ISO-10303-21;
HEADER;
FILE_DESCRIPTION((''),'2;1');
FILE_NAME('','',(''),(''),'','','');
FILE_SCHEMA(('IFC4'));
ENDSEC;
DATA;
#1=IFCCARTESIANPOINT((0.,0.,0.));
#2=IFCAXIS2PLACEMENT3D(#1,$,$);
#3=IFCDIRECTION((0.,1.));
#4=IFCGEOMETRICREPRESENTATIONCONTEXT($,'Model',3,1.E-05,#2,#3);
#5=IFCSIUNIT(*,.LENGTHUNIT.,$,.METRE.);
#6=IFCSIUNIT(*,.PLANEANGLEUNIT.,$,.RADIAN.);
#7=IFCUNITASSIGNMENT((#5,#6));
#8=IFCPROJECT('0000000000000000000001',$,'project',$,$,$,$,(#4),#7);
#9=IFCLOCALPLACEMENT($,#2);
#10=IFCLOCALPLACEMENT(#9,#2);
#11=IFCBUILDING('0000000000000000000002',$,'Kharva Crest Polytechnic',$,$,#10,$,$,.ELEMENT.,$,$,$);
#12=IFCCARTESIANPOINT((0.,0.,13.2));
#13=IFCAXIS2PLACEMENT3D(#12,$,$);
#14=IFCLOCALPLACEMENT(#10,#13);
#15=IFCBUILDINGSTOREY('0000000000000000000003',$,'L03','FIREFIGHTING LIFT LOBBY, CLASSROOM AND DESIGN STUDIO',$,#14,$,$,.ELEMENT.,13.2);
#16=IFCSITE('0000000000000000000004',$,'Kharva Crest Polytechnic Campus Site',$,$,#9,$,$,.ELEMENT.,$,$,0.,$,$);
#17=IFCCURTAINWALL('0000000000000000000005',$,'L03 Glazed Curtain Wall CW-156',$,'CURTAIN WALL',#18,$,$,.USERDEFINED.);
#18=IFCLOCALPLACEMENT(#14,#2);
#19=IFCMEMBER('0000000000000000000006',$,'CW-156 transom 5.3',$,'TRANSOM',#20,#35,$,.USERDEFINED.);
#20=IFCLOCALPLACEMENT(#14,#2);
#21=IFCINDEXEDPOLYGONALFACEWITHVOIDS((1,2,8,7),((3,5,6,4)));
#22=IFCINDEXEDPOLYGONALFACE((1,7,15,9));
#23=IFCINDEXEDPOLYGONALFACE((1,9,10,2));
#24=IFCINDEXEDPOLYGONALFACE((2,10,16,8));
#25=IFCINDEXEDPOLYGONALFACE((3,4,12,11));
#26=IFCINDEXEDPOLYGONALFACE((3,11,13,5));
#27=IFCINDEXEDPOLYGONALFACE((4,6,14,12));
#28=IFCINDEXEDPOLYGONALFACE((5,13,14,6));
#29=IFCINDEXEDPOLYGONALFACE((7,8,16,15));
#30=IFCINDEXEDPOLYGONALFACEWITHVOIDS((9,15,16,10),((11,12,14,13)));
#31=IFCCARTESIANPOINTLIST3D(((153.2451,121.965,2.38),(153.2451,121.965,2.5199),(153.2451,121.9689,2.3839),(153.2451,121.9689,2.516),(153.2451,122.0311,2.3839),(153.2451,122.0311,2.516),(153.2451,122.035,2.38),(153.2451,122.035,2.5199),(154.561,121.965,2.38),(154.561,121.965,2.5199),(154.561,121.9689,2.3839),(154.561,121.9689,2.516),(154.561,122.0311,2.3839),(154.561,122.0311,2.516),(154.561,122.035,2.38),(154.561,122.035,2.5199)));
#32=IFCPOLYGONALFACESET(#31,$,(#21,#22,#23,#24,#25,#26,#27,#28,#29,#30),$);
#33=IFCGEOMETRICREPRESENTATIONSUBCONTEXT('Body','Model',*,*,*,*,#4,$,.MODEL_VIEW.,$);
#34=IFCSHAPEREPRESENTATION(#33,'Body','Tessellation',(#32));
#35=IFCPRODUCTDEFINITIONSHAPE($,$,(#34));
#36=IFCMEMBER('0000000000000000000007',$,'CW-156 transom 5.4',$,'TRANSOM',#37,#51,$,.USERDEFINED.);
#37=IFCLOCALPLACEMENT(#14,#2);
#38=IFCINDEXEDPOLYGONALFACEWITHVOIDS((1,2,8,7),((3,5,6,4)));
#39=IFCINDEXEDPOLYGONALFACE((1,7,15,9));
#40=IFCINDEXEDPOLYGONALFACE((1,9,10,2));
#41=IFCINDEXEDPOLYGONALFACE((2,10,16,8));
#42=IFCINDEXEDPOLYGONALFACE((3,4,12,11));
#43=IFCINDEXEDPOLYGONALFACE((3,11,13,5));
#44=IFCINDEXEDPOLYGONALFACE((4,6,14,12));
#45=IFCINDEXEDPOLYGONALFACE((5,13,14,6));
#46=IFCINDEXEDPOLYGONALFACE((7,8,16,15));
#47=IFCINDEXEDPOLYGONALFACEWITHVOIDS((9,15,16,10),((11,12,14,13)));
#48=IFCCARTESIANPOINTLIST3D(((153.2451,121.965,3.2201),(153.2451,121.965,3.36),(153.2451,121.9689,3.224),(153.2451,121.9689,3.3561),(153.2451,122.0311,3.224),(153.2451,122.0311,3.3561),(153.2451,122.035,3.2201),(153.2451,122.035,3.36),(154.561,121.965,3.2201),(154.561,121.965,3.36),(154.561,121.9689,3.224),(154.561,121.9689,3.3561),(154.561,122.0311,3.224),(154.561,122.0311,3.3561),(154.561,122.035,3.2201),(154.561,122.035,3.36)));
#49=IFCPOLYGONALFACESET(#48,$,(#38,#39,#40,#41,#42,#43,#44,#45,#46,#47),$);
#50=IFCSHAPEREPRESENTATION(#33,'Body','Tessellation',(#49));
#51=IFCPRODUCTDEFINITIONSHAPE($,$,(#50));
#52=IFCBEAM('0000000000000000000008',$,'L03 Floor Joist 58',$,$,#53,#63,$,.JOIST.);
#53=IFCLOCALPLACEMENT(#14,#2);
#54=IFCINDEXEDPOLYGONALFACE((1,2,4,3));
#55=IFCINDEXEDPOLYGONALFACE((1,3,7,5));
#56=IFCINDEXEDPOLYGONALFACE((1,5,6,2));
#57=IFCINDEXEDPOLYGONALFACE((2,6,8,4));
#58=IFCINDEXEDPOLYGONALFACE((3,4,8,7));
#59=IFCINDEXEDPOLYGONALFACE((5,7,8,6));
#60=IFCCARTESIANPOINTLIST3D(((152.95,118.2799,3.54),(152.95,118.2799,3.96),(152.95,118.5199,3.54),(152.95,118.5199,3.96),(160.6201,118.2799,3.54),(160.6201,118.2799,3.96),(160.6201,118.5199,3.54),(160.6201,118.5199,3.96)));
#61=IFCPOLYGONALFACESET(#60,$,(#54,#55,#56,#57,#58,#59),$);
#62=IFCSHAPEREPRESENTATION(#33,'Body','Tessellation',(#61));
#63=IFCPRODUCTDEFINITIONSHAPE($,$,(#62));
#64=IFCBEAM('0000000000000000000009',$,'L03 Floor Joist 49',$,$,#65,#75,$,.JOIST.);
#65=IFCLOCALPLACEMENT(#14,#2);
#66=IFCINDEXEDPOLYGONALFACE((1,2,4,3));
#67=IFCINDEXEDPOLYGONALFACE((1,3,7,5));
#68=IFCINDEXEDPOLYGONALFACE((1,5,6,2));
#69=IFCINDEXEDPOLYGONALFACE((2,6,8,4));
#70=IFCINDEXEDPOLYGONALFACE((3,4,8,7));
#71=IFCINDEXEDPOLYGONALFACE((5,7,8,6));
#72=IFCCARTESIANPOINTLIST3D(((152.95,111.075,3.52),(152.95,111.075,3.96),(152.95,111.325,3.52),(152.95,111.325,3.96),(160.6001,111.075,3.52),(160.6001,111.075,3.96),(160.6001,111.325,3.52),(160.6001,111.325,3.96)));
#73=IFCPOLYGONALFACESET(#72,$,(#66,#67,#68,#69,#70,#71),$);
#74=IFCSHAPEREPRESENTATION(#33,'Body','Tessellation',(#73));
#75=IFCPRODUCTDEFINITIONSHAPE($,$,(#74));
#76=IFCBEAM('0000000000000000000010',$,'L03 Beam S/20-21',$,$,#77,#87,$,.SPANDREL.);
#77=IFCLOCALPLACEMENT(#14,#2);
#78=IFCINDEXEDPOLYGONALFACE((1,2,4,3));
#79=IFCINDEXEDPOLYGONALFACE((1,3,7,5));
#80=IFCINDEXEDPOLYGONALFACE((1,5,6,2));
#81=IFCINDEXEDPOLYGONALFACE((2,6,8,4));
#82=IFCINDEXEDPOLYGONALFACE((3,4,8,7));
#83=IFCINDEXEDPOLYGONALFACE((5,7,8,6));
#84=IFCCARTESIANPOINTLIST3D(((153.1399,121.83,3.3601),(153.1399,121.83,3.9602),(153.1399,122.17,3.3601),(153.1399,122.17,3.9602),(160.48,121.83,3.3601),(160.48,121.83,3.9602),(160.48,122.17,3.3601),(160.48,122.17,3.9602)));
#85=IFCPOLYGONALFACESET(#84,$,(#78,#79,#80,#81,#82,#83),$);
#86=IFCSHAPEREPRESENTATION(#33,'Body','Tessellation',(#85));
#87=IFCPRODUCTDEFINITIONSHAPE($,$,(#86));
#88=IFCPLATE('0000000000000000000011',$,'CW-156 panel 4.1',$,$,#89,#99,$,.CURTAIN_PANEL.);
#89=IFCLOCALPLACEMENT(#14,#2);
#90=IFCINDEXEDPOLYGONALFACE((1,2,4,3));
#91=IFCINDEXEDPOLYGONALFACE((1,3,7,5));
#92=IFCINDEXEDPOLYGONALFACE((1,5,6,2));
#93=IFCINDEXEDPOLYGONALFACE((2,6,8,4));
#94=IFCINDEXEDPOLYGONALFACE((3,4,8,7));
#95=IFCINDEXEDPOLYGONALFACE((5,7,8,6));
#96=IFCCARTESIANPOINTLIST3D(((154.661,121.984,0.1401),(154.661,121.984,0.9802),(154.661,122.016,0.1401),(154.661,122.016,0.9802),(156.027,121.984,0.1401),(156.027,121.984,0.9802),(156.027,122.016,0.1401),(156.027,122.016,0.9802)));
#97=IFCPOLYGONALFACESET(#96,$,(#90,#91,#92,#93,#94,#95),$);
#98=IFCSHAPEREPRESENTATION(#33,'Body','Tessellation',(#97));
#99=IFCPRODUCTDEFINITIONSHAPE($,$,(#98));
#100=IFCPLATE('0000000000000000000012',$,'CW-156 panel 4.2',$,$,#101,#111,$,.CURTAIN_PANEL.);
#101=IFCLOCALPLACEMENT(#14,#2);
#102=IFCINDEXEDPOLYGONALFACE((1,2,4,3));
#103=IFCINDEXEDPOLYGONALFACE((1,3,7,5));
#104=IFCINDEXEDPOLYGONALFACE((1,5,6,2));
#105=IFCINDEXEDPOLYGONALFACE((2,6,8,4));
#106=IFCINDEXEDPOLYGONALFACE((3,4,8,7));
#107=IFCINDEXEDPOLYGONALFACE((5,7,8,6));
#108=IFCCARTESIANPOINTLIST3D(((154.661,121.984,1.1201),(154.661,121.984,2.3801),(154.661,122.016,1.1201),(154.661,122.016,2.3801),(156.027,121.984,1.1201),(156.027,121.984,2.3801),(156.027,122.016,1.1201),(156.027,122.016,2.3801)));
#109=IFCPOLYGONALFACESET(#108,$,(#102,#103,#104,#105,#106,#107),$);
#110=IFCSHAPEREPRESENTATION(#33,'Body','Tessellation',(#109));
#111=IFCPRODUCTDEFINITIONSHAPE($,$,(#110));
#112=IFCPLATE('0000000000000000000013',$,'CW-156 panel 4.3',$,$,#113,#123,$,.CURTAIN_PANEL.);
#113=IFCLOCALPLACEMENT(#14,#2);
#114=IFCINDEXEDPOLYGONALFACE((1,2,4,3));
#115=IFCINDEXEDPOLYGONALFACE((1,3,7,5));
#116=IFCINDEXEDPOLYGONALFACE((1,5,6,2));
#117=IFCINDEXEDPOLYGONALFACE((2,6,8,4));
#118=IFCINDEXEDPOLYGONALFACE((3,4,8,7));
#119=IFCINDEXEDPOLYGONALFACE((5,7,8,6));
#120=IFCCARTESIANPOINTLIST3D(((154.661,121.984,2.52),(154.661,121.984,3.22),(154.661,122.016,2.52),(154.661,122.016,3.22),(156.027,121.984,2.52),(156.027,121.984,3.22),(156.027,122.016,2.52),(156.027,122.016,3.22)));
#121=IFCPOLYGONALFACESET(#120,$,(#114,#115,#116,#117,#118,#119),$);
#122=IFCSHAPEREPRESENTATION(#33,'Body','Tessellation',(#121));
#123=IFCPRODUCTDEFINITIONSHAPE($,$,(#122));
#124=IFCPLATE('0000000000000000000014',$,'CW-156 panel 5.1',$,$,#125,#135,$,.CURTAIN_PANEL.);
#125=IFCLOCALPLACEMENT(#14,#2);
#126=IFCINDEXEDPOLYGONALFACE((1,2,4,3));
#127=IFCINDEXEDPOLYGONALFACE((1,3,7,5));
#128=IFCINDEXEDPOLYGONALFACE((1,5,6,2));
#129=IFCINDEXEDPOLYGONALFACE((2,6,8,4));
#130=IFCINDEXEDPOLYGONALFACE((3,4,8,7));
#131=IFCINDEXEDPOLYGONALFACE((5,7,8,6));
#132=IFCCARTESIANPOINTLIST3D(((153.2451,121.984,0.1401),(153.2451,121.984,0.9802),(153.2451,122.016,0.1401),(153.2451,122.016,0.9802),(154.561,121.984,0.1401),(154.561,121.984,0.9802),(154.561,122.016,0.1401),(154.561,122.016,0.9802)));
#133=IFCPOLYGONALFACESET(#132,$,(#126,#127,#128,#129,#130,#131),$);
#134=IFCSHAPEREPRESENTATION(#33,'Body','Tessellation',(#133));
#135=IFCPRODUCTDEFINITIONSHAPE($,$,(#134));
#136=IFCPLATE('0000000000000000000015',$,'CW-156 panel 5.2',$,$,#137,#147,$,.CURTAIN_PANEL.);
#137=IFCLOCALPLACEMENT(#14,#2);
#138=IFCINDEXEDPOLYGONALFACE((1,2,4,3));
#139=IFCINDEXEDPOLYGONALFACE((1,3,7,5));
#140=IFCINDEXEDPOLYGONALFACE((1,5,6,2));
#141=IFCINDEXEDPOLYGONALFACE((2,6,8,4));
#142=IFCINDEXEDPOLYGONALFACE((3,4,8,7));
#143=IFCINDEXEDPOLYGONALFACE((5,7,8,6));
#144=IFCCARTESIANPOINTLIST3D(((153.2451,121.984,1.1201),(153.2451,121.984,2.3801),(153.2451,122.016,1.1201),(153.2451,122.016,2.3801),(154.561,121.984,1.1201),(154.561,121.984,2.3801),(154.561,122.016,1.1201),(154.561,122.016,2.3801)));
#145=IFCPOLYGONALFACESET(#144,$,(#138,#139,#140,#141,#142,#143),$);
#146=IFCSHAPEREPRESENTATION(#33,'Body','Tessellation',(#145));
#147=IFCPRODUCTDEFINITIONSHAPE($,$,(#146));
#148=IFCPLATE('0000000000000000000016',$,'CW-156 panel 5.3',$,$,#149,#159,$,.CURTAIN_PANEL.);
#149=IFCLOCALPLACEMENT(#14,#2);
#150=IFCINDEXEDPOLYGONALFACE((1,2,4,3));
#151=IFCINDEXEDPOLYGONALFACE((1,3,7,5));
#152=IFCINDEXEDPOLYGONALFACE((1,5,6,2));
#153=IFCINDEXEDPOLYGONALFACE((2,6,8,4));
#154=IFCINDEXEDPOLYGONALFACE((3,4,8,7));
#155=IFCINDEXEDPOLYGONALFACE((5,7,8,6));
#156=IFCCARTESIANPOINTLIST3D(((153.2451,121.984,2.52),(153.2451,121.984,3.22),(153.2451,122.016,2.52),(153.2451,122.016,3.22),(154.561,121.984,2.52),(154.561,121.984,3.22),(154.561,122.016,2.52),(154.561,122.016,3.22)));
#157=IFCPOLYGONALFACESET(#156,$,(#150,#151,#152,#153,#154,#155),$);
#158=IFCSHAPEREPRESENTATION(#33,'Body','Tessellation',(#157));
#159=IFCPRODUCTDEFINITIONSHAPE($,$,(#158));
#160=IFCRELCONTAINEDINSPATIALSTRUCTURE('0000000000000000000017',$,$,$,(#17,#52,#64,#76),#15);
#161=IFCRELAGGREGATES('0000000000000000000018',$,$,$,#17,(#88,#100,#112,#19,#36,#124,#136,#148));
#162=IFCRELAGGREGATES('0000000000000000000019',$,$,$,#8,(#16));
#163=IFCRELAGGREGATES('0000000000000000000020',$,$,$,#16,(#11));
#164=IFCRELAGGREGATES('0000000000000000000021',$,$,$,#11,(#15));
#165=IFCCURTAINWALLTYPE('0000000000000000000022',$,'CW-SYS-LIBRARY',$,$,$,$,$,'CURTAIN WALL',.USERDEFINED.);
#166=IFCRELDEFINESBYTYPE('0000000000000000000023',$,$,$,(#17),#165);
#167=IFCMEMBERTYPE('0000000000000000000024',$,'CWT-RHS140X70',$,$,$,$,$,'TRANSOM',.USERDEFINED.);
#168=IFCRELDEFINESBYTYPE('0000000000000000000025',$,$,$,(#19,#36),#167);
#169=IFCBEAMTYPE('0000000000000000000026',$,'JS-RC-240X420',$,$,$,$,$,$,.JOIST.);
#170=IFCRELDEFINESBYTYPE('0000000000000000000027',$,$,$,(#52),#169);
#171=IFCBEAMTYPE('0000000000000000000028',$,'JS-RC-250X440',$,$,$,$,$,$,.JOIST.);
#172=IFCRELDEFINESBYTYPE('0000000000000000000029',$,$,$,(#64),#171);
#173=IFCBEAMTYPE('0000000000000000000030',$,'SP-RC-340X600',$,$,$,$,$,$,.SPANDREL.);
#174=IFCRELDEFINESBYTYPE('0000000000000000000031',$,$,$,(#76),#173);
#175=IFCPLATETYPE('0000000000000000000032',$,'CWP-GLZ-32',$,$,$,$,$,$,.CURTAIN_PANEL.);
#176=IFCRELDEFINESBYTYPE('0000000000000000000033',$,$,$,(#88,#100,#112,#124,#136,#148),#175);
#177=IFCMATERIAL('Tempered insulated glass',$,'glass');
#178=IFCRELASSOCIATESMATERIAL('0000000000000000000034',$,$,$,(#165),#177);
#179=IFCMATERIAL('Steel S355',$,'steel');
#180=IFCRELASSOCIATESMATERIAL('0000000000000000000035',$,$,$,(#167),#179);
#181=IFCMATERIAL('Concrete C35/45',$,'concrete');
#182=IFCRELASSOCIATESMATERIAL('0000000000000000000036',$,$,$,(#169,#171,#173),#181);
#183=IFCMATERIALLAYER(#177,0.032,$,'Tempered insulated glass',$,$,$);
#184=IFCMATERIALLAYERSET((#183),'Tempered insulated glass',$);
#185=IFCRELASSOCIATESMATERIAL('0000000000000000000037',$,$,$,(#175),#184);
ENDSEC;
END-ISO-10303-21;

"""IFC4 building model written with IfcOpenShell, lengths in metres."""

from ifc_helpers import new_model, si_unit, direction, frame, origin, origin_2d, place, context, subcontext, project, spatial, rectangle, hollow_rectangle, extrude, material, layer, layer_set, material_profile, profile_set, type_object, element, aggregate, save


model = new_model("IFC4")

# Units and contexts
model_context = context("Model", 3, precision=1e-05, world=origin(), true_north=direction((0.0, 1.0)))
body_context = subcontext(model_context, "Body", "Model", "MODEL_VIEW")
ifc_project = project(units=[si_unit("LENGTHUNIT", "METRE"), si_unit("PLANEANGLEUNIT", "RADIAN")], contexts=[model_context])

# Site, building, storey
site_placement = place(None, origin())
site = spatial("IfcSite", under=ifc_project, at=site_placement, Name="Kharva Crest Polytechnic Campus Site", CompositionType="ELEMENT", RefElevation=0.0)
building_placement = place(site_placement, origin())
building = spatial("IfcBuilding", under=site, at=building_placement, Name="Kharva Crest Polytechnic", CompositionType="ELEMENT")
storey_placement = place(building_placement, frame((0.0, 0.0, 13.2)))
storey = spatial("IfcBuildingStorey", under=building, at=storey_placement, Name="L03", Description="FIREFIGHTING LIFT LOBBY, CLASSROOM AND DESIGN STUDIO", CompositionType="ELEMENT", Elevation=13.2)

# Shared definitions
ifc_material_1 = material(Name="Concrete C35/45", Category="concrete")

# Curtain wall, members
ifc_material_2 = material(Name="Tempered insulated glass", Category="glass")
curtain_wall_type = type_object("IfcCurtainWallType", Name="CW-SYS-LIBRARY", ElementType="CURTAIN WALL", PredefinedType="USERDEFINED", material=ifc_material_2)
curtain_wall_placement = place(storey_placement, origin())
curtain_wall = element("IfcCurtainWall", 1, at=curtain_wall_placement, inside=storey, type_object=curtain_wall_type, Name="L03 Glazed Curtain Wall CW-156", ObjectType="CURTAIN WALL", PredefinedType="USERDEFINED")
ifc_material_3 = material(Name="Steel S355", Category="steel")
ifc_material_profile_1 = material_profile(ifc_material_3, hollow_rectangle(XDim=0.0701, YDim=0.1399, WallThickness=0.0039, at=origin_2d()), Name="RHS 140X70X4.0")
ifc_profile_set_1 = profile_set([ifc_material_profile_1], Name="Steel S355")
member_type_1 = type_object("IfcMemberType", Name="CWT-RHS140X70", ElementType="TRANSOM", PredefinedType="USERDEFINED", material=ifc_profile_set_1)
member_1_placement = place(storey_placement, frame((154.561, 122.0, 2.45), z_axis=(-1.0, 0.0, 0.0), x_axis=(0.0, -1.0, 0.0)))
member_1 = element("IfcMember", 2, at=member_1_placement, type_object=member_type_1, Name="CW-156 transom 5.3", ObjectType="TRANSOM", PredefinedType="USERDEFINED", context=body_context, shape_type="SweptSolid", body=[
    extrude(hollow_rectangle(XDim=0.0701, YDim=0.1399, WallThickness=0.0039, at=origin_2d()), origin(), (0.0, 0.0, 1.0), 1.3159),
])
member_2_placement = place(storey_placement, frame((154.561, 122.0, 3.29), z_axis=(-1.0, 0.0, 0.0), x_axis=(0.0, -1.0, 0.0)))
member_2 = element("IfcMember", 3, at=member_2_placement, type_object=member_type_1, Name="CW-156 transom 5.4", ObjectType="TRANSOM", PredefinedType="USERDEFINED", context=body_context, shape_type="SweptSolid", body=[
    extrude(hollow_rectangle(XDim=0.0701, YDim=0.1399, WallThickness=0.0039, at=origin_2d()), origin(), (0.0, 0.0, 1.0), 1.3159),
])

# Beams
ifc_material_profile_2 = material_profile(ifc_material_1, rectangle(XDim=0.24, YDim=0.4199, at=origin_2d()), Name="RECT 240 X 420")
ifc_profile_set_2 = profile_set([ifc_material_profile_2], Name="Concrete C35/45")
beam_type_1 = type_object("IfcBeamType", Name="JS-RC-240X420", PredefinedType="JOIST", material=ifc_profile_set_2)
beam_1_placement = place(storey_placement, frame((152.95, 118.3999, 3.75), z_axis=(1.0, 0.0, 0.0), x_axis=(0.0, 1.0, 0.0)))
element("IfcBeam", 4, at=beam_1_placement, inside=storey, type_object=beam_type_1, Name="L03 Floor Joist 58", PredefinedType="JOIST", context=body_context, shape_type="SweptSolid", body=[
    extrude(rectangle(XDim=0.24, YDim=0.4199, at=origin_2d()), origin(), (0.0, 0.0, 1.0), 7.6702),
])
ifc_material_profile_3 = material_profile(ifc_material_1, rectangle(XDim=0.25, YDim=0.4399, at=origin_2d()), Name="RECT 250 X 440")
ifc_profile_set_3 = profile_set([ifc_material_profile_3], Name="Concrete C35/45")
beam_type_2 = type_object("IfcBeamType", Name="JS-RC-250X440", PredefinedType="JOIST", material=ifc_profile_set_3)
beam_2_placement = place(storey_placement, frame((152.95, 111.2, 3.74), z_axis=(1.0, 0.0, 0.0), x_axis=(0.0, 1.0, 0.0)))
element("IfcBeam", 5, at=beam_2_placement, inside=storey, type_object=beam_type_2, Name="L03 Floor Joist 49", PredefinedType="JOIST", context=body_context, shape_type="SweptSolid", body=[
    extrude(rectangle(XDim=0.25, YDim=0.4399, at=origin_2d()), origin(), (0.0, 0.0, 1.0), 7.6501),
])
ifc_material_profile_4 = material_profile(ifc_material_1, rectangle(XDim=0.3401, YDim=0.6001, at=origin_2d()), Name="RECT 340 X 600")
ifc_profile_set_4 = profile_set([ifc_material_profile_4], Name="Concrete C35/45")
beam_type_3 = type_object("IfcBeamType", Name="SP-RC-340X600", PredefinedType="SPANDREL", material=ifc_profile_set_4)
beam_3_placement = place(storey_placement, frame((153.1399, 122.0, 3.6602), z_axis=(1.0, 0.0, 0.0), x_axis=(0.0, 1.0, 0.0)))
element("IfcBeam", 6, at=beam_3_placement, inside=storey, type_object=beam_type_3, Name="L03 Beam S/20-21", PredefinedType="SPANDREL", context=body_context, shape_type="SweptSolid", body=[
    extrude(rectangle(XDim=0.3401, YDim=0.6001, at=origin_2d()), origin(), (0.0, 0.0, 1.0), 7.3401),
])

# Plates
ifc_layer = layer(ifc_material_2, 0.032, Name="Tempered insulated glass")
ifc_layer_set = layer_set([ifc_layer], Name="Tempered insulated glass")
plate_type = type_object("IfcPlateType", Name="CWP-GLZ-32", PredefinedType="CURTAIN_PANEL", material=ifc_layer_set)
plate_1_placement = place(storey_placement, frame((155.344, 122.0, 0.1401), z_axis=(0.0, 0.0, 1.0), x_axis=(-1.0, 0.0, 0.0)))
plate_1 = element("IfcPlate", 7, at=plate_1_placement, type_object=plate_type, Name="CW-156 panel 4.1", PredefinedType="CURTAIN_PANEL", context=body_context, shape_type="SweptSolid", body=[
    extrude(rectangle(XDim=1.366, YDim=0.032, at=origin_2d()), origin(), (0.0, 0.0, 1.0), 0.8401),
])
plate_2_placement = place(storey_placement, frame((155.344, 122.0, 1.1201), z_axis=(0.0, 0.0, 1.0), x_axis=(-1.0, 0.0, 0.0)))
plate_2 = element("IfcPlate", 8, at=plate_2_placement, type_object=plate_type, Name="CW-156 panel 4.2", PredefinedType="CURTAIN_PANEL", context=body_context, shape_type="SweptSolid", body=[
    extrude(rectangle(XDim=1.366, YDim=0.032, at=origin_2d()), origin(), (0.0, 0.0, 1.0), 1.26),
])
plate_3_placement = place(storey_placement, frame((155.344, 122.0, 2.52), z_axis=(0.0, 0.0, 1.0), x_axis=(-1.0, 0.0, 0.0)))
plate_3 = element("IfcPlate", 9, at=plate_3_placement, type_object=plate_type, Name="CW-156 panel 4.3", PredefinedType="CURTAIN_PANEL", context=body_context, shape_type="SweptSolid", body=[
    extrude(rectangle(XDim=1.366, YDim=0.032, at=origin_2d()), origin(), (0.0, 0.0, 1.0), 0.7),
])
plate_4_placement = place(storey_placement, frame((153.9031, 122.0, 0.1401), z_axis=(0.0, 0.0, 1.0), x_axis=(-1.0, 0.0, 0.0)))
plate_4 = element("IfcPlate", 10, at=plate_4_placement, type_object=plate_type, Name="CW-156 panel 5.1", PredefinedType="CURTAIN_PANEL", context=body_context, shape_type="SweptSolid", body=[
    extrude(rectangle(XDim=1.3159, YDim=0.032, at=origin_2d()), origin(), (0.0, 0.0, 1.0), 0.8401),
])
plate_5_placement = place(storey_placement, frame((153.9031, 122.0, 1.1201), z_axis=(0.0, 0.0, 1.0), x_axis=(-1.0, 0.0, 0.0)))
plate_5 = element("IfcPlate", 11, at=plate_5_placement, type_object=plate_type, Name="CW-156 panel 5.2", PredefinedType="CURTAIN_PANEL", context=body_context, shape_type="SweptSolid", body=[
    extrude(rectangle(XDim=1.3159, YDim=0.032, at=origin_2d()), origin(), (0.0, 0.0, 1.0), 1.26),
])
plate_6_placement = place(storey_placement, frame((153.9031, 122.0, 2.52), z_axis=(0.0, 0.0, 1.0), x_axis=(-1.0, 0.0, 0.0)))
plate_6 = element("IfcPlate", 12, at=plate_6_placement, type_object=plate_type, Name="CW-156 panel 5.3", PredefinedType="CURTAIN_PANEL", context=body_context, shape_type="SweptSolid", body=[
    extrude(rectangle(XDim=1.3159, YDim=0.032, at=origin_2d()), origin(), (0.0, 0.0, 1.0), 0.7),
])
aggregate(curtain_wall, [plate_1, plate_2, plate_3, member_1, member_2, plate_4, plate_5, plate_6])

save(model, "model.ifc")
